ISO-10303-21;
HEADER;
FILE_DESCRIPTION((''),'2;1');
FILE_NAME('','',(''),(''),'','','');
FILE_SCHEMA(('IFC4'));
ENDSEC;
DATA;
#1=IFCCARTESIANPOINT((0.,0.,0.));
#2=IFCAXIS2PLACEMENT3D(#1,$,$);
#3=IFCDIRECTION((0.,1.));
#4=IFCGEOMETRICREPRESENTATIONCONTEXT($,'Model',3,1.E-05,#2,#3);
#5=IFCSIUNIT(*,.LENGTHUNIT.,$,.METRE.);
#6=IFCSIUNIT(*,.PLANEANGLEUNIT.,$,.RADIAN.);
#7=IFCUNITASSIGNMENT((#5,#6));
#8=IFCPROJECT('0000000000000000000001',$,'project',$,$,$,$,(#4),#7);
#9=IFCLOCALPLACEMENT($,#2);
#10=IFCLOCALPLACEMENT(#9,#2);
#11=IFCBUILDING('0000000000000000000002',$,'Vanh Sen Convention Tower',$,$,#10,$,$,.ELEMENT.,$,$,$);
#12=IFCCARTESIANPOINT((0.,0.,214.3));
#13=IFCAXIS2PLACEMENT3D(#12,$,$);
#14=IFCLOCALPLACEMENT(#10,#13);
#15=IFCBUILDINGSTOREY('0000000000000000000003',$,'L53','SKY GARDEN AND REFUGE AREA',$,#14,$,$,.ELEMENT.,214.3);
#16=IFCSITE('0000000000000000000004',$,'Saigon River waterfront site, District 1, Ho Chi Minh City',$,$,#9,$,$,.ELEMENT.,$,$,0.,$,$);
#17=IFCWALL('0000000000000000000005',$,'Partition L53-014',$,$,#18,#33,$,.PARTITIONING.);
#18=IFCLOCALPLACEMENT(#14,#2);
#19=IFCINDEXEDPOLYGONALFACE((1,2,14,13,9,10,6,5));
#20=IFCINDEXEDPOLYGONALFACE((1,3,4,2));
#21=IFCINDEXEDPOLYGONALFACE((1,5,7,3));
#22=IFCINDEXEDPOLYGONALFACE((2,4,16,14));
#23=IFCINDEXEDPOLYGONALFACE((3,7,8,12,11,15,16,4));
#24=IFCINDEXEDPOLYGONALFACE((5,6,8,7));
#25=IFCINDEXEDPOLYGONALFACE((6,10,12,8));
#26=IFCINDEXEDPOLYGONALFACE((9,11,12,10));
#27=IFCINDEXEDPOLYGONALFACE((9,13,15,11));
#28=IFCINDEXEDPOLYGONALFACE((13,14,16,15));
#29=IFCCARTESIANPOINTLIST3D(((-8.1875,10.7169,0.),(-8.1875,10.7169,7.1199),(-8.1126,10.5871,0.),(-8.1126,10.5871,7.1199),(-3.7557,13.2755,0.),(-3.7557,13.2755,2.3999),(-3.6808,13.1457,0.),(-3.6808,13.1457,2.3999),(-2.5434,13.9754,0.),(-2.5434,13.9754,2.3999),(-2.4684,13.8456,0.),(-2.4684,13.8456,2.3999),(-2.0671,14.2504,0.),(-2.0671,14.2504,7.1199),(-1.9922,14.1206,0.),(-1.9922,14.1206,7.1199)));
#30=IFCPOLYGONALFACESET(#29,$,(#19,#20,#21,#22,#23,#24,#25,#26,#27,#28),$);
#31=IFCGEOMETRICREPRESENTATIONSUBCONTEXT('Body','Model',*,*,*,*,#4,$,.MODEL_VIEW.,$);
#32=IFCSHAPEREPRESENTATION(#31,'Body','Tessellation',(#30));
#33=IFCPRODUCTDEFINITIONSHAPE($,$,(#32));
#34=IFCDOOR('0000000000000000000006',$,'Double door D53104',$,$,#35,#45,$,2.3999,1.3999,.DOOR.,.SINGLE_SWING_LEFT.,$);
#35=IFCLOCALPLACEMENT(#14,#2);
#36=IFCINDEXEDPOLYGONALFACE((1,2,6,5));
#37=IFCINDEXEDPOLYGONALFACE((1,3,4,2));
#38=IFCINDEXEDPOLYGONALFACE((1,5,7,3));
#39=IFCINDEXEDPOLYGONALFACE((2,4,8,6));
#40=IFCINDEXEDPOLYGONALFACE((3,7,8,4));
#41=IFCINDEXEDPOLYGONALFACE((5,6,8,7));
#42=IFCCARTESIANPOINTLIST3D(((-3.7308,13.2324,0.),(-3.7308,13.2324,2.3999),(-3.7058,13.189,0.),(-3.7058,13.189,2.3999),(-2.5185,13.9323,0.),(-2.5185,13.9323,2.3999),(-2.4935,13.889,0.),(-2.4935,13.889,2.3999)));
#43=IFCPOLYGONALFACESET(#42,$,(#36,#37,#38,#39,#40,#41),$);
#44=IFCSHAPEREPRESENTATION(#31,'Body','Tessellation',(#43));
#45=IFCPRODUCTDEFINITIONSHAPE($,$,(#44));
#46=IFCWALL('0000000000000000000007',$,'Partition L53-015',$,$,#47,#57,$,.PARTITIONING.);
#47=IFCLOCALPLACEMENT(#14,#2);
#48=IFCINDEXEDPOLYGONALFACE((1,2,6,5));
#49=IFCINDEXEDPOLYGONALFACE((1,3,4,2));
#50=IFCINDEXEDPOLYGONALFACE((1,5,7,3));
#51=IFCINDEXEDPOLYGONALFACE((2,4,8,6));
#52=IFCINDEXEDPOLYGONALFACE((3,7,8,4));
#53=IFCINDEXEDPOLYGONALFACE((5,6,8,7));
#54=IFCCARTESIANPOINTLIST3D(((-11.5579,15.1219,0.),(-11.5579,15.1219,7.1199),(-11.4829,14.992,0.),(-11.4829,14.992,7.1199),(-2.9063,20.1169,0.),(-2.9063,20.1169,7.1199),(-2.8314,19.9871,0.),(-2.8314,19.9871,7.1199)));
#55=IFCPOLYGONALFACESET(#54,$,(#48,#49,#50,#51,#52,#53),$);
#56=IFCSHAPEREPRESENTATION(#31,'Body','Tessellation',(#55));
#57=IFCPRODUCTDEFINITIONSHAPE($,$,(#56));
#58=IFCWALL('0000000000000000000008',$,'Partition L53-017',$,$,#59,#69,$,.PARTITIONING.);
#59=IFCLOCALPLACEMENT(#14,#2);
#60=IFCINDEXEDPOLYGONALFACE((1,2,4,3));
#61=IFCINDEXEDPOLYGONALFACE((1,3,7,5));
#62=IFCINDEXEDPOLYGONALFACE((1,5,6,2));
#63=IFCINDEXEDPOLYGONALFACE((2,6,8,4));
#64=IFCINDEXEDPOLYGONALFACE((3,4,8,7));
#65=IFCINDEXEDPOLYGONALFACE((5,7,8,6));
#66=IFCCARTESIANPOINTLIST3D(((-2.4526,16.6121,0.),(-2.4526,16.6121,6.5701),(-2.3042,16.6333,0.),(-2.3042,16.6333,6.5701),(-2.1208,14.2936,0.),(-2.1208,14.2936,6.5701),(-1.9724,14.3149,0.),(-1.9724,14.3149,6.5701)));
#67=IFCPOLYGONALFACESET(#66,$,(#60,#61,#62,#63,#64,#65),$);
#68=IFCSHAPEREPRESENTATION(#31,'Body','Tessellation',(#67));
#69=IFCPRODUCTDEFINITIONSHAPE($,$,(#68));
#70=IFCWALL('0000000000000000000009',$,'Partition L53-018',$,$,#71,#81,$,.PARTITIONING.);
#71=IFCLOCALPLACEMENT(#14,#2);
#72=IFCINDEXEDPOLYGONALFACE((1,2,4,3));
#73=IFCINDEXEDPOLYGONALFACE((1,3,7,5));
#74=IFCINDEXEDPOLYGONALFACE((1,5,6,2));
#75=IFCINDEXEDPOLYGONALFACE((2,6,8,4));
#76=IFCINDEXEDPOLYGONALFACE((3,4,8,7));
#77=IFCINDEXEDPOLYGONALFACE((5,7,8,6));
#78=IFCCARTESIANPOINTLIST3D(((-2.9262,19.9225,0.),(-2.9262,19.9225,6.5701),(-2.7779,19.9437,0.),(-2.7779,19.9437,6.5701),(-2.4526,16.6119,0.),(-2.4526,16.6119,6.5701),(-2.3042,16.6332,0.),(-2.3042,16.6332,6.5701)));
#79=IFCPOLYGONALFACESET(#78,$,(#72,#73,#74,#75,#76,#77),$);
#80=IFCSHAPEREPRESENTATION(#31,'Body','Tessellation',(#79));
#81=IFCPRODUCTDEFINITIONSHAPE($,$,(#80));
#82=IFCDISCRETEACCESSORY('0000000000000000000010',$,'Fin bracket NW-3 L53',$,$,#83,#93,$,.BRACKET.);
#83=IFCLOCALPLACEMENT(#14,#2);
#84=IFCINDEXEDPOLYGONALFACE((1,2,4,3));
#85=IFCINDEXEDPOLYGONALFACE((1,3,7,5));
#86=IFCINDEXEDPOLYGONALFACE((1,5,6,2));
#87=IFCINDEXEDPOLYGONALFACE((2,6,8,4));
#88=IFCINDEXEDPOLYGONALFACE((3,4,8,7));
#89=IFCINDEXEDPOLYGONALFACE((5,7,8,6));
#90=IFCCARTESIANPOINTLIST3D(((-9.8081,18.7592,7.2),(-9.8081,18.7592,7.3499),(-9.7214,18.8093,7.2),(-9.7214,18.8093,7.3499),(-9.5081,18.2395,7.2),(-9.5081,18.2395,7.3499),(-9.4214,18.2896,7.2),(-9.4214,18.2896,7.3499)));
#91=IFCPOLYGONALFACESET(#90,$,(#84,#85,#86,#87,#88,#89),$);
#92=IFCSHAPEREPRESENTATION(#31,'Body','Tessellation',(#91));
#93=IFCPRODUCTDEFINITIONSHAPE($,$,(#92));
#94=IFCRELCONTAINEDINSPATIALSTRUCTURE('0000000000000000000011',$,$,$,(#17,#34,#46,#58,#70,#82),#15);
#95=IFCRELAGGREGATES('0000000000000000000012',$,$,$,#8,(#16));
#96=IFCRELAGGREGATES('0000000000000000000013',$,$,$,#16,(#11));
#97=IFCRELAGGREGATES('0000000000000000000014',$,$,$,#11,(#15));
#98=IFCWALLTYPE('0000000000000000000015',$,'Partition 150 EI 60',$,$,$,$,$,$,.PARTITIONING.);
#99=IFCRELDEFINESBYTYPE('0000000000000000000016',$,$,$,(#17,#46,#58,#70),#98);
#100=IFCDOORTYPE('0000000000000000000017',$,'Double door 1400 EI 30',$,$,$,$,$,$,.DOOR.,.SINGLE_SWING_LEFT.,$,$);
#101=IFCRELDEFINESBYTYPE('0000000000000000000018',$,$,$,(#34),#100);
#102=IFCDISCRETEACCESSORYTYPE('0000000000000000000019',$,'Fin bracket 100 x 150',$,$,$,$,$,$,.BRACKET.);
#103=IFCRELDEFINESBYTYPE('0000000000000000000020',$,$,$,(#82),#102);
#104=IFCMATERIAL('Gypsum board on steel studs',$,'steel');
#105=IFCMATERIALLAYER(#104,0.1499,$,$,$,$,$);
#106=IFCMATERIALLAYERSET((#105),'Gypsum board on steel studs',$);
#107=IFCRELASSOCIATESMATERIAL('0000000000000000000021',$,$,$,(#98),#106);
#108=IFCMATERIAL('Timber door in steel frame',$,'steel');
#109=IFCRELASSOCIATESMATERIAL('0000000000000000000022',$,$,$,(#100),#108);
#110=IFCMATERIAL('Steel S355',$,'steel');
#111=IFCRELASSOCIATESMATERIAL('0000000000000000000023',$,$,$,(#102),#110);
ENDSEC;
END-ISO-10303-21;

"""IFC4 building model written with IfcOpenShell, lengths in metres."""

from ifc_helpers import new_model, si_unit, direction, frame, frame_2d, origin, origin_2d, place, context, subcontext, project, spatial, rectangle, extrude, material, layer, layer_set, type_object, element, fill, save


model = new_model("IFC4")

# Units and contexts
model_context = context("Model", 3, precision=1e-05, world=origin(), true_north=direction((0.0, 1.0)))
body_context = subcontext(model_context, "Body", "Model", "MODEL_VIEW")
ifc_project = project(units=[si_unit("LENGTHUNIT", "METRE"), si_unit("PLANEANGLEUNIT", "RADIAN")], contexts=[model_context])

# Site, building, storey
site_placement = place(None, origin())
site = spatial("IfcSite", under=ifc_project, at=site_placement, Name="Saigon River waterfront site, District 1, Ho Chi Minh City", CompositionType="ELEMENT", RefElevation=0.0)
building_placement = place(site_placement, origin())
building = spatial("IfcBuilding", under=site, at=building_placement, Name="Vanh Sen Convention Tower", CompositionType="ELEMENT")
storey_placement = place(building_placement, frame((0.0, 0.0, 214.3)))
storey = spatial("IfcBuildingStorey", under=building, at=storey_placement, Name="L53", Description="SKY GARDEN AND REFUGE AREA", CompositionType="ELEMENT", Elevation=214.3)

# Shared definitions
ifc_material_1 = material(Name="Gypsum board on steel studs", Category="steel")
ifc_material_2 = material(Name="Timber door in steel frame", Category="steel")

# Shared definitions
ifc_layer_1 = layer(ifc_material_1, 0.1499)
ifc_layer_set_1 = layer_set([ifc_layer_1], Name="Gypsum board on steel studs")
wall_type_1 = type_object("IfcWallType", Name="Partition 150 EI 60", PredefinedType="PARTITIONING", material=ifc_layer_set_1)

# Wall, opening, door
wall_1_placement = place(storey_placement, frame((-2.0295, 14.1855, 0.0), z_axis=(0.0, 0.0, 1.0), x_axis=(-0.866034, -0.499985, 0.0)))
wall_1 = element("IfcWall", 1, at=wall_1_placement, inside=storey, type_object=wall_type_1, Name="Partition L53-014", PredefinedType="PARTITIONING", context=body_context, shape_type="SweptSolid", body=[
    extrude(rectangle(XDim=7.0671, YDim=0.1499, at=frame_2d((3.5337, 0.0))), origin(), (0.0, 0.0, 1.0), 7.1199),
])
opening_1_placement = place(wall_1_placement, frame((0.55, 0.0, 0.0)))
opening_1 = element("IfcOpeningElement", 2, at=opening_1_placement, cuts=wall_1, PredefinedType="OPENING", context=body_context, shape_type="SweptSolid", body=[
    extrude(rectangle(XDim=1.3999, YDim=2.3999, at=frame_2d((0.7, 1.2))), frame((0.0, 0.085, 0.0), z_axis=(0.0, -1.0, 0.0), x_axis=(1.0, 0.0, 0.0)), (0.0, 0.0, 1.0), 0.1699),
])
door_type_1 = type_object("IfcDoorType", Name="Double door 1400 EI 30", OperationType="SINGLE_SWING_LEFT", PredefinedType="DOOR", material=ifc_material_2)
door_1_placement = place(opening_1_placement, origin())
door_1 = element("IfcDoor", 3, at=door_1_placement, inside=storey, type_object=door_type_1, Name="Double door D53104", OperationType="SINGLE_SWING_LEFT", OverallHeight=2.3999, OverallWidth=1.3999, PredefinedType="DOOR", context=body_context, shape_type="SweptSolid", body=[
    extrude(rectangle(XDim=1.3999, YDim=2.3999, at=frame_2d((0.7, 1.2))), frame((0.0, 0.0249, 0.0), z_axis=(0.0, -1.0, 0.0), x_axis=(1.0, 0.0, 0.0)), (0.0, 0.0, 1.0), 0.05),
])
fill(opening_1, door_1)

# Walls
wall_2_placement = place(storey_placement, frame((-11.5205, 15.0569, 0.0), z_axis=(0.0, 0.0, 1.0), x_axis=(0.866021, 0.500008, 0.0)))
element("IfcWall", 4, at=wall_2_placement, inside=storey, type_object=wall_type_1, Name="Partition L53-015", PredefinedType="PARTITIONING", context=body_context, shape_type="SweptSolid", body=[
    extrude(rectangle(XDim=9.99, YDim=0.1499, at=frame_2d((4.9951, 0.0))), origin(), (0.0, 0.0, 1.0), 7.1199),
])
wall_3_placement = place(storey_placement, frame((-2.3784, 16.6226, 0.0), z_axis=(0.0, 0.0, 1.0), x_axis=(0.141669, -0.989914, 0.0)))
element("IfcWall", 5, at=wall_3_placement, inside=storey, type_object=wall_type_1, Name="Partition L53-017", PredefinedType="PARTITIONING", context=body_context, shape_type="SweptSolid", body=[
    extrude(rectangle(XDim=2.342, YDim=0.1499, at=frame_2d((1.1709, 0.0))), origin(), (0.0, 0.0, 1.0), 6.5701),
])
wall_4_placement = place(storey_placement, frame((-2.3784, 16.6226, 0.0), z_axis=(0.0, 0.0, 1.0), x_axis=(-0.141626, 0.98992, 0.0)))
element("IfcWall", 6, at=wall_4_placement, inside=storey, type_object=wall_type_1, Name="Partition L53-018", PredefinedType="PARTITIONING", context=body_context, shape_type="SweptSolid", body=[
    extrude(rectangle(XDim=3.3442, YDim=0.1499, at=frame_2d((1.6721, 0.0))), origin(), (0.0, 0.0, 1.0), 6.5701),
])

# Discrete accessory
ifc_material_3 = material(Name="Steel S355", Category="steel")
discrete_accessory_type = type_object("IfcDiscreteAccessoryType", Name="Fin bracket 100 x 150", PredefinedType="BRACKET", material=ifc_material_3)
discrete_accessory_placement = place(storey_placement, frame((-9.6147, 18.5244, 7.2), z_axis=(0.0, 0.0, 1.0), x_axis=(-0.5, 0.866025, 0.0)))
element("IfcDiscreteAccessory", 7, at=discrete_accessory_placement, inside=storey, type_object=discrete_accessory_type, Name="Fin bracket NW-3 L53", PredefinedType="BRACKET", context=body_context, shape_type="SweptSolid", body=[
    extrude(rectangle(XDim=0.6001, YDim=0.1001, at=origin_2d()), origin(), (0.0, 0.0, 1.0), 0.1499),
])

save(model, "model.ifc")
